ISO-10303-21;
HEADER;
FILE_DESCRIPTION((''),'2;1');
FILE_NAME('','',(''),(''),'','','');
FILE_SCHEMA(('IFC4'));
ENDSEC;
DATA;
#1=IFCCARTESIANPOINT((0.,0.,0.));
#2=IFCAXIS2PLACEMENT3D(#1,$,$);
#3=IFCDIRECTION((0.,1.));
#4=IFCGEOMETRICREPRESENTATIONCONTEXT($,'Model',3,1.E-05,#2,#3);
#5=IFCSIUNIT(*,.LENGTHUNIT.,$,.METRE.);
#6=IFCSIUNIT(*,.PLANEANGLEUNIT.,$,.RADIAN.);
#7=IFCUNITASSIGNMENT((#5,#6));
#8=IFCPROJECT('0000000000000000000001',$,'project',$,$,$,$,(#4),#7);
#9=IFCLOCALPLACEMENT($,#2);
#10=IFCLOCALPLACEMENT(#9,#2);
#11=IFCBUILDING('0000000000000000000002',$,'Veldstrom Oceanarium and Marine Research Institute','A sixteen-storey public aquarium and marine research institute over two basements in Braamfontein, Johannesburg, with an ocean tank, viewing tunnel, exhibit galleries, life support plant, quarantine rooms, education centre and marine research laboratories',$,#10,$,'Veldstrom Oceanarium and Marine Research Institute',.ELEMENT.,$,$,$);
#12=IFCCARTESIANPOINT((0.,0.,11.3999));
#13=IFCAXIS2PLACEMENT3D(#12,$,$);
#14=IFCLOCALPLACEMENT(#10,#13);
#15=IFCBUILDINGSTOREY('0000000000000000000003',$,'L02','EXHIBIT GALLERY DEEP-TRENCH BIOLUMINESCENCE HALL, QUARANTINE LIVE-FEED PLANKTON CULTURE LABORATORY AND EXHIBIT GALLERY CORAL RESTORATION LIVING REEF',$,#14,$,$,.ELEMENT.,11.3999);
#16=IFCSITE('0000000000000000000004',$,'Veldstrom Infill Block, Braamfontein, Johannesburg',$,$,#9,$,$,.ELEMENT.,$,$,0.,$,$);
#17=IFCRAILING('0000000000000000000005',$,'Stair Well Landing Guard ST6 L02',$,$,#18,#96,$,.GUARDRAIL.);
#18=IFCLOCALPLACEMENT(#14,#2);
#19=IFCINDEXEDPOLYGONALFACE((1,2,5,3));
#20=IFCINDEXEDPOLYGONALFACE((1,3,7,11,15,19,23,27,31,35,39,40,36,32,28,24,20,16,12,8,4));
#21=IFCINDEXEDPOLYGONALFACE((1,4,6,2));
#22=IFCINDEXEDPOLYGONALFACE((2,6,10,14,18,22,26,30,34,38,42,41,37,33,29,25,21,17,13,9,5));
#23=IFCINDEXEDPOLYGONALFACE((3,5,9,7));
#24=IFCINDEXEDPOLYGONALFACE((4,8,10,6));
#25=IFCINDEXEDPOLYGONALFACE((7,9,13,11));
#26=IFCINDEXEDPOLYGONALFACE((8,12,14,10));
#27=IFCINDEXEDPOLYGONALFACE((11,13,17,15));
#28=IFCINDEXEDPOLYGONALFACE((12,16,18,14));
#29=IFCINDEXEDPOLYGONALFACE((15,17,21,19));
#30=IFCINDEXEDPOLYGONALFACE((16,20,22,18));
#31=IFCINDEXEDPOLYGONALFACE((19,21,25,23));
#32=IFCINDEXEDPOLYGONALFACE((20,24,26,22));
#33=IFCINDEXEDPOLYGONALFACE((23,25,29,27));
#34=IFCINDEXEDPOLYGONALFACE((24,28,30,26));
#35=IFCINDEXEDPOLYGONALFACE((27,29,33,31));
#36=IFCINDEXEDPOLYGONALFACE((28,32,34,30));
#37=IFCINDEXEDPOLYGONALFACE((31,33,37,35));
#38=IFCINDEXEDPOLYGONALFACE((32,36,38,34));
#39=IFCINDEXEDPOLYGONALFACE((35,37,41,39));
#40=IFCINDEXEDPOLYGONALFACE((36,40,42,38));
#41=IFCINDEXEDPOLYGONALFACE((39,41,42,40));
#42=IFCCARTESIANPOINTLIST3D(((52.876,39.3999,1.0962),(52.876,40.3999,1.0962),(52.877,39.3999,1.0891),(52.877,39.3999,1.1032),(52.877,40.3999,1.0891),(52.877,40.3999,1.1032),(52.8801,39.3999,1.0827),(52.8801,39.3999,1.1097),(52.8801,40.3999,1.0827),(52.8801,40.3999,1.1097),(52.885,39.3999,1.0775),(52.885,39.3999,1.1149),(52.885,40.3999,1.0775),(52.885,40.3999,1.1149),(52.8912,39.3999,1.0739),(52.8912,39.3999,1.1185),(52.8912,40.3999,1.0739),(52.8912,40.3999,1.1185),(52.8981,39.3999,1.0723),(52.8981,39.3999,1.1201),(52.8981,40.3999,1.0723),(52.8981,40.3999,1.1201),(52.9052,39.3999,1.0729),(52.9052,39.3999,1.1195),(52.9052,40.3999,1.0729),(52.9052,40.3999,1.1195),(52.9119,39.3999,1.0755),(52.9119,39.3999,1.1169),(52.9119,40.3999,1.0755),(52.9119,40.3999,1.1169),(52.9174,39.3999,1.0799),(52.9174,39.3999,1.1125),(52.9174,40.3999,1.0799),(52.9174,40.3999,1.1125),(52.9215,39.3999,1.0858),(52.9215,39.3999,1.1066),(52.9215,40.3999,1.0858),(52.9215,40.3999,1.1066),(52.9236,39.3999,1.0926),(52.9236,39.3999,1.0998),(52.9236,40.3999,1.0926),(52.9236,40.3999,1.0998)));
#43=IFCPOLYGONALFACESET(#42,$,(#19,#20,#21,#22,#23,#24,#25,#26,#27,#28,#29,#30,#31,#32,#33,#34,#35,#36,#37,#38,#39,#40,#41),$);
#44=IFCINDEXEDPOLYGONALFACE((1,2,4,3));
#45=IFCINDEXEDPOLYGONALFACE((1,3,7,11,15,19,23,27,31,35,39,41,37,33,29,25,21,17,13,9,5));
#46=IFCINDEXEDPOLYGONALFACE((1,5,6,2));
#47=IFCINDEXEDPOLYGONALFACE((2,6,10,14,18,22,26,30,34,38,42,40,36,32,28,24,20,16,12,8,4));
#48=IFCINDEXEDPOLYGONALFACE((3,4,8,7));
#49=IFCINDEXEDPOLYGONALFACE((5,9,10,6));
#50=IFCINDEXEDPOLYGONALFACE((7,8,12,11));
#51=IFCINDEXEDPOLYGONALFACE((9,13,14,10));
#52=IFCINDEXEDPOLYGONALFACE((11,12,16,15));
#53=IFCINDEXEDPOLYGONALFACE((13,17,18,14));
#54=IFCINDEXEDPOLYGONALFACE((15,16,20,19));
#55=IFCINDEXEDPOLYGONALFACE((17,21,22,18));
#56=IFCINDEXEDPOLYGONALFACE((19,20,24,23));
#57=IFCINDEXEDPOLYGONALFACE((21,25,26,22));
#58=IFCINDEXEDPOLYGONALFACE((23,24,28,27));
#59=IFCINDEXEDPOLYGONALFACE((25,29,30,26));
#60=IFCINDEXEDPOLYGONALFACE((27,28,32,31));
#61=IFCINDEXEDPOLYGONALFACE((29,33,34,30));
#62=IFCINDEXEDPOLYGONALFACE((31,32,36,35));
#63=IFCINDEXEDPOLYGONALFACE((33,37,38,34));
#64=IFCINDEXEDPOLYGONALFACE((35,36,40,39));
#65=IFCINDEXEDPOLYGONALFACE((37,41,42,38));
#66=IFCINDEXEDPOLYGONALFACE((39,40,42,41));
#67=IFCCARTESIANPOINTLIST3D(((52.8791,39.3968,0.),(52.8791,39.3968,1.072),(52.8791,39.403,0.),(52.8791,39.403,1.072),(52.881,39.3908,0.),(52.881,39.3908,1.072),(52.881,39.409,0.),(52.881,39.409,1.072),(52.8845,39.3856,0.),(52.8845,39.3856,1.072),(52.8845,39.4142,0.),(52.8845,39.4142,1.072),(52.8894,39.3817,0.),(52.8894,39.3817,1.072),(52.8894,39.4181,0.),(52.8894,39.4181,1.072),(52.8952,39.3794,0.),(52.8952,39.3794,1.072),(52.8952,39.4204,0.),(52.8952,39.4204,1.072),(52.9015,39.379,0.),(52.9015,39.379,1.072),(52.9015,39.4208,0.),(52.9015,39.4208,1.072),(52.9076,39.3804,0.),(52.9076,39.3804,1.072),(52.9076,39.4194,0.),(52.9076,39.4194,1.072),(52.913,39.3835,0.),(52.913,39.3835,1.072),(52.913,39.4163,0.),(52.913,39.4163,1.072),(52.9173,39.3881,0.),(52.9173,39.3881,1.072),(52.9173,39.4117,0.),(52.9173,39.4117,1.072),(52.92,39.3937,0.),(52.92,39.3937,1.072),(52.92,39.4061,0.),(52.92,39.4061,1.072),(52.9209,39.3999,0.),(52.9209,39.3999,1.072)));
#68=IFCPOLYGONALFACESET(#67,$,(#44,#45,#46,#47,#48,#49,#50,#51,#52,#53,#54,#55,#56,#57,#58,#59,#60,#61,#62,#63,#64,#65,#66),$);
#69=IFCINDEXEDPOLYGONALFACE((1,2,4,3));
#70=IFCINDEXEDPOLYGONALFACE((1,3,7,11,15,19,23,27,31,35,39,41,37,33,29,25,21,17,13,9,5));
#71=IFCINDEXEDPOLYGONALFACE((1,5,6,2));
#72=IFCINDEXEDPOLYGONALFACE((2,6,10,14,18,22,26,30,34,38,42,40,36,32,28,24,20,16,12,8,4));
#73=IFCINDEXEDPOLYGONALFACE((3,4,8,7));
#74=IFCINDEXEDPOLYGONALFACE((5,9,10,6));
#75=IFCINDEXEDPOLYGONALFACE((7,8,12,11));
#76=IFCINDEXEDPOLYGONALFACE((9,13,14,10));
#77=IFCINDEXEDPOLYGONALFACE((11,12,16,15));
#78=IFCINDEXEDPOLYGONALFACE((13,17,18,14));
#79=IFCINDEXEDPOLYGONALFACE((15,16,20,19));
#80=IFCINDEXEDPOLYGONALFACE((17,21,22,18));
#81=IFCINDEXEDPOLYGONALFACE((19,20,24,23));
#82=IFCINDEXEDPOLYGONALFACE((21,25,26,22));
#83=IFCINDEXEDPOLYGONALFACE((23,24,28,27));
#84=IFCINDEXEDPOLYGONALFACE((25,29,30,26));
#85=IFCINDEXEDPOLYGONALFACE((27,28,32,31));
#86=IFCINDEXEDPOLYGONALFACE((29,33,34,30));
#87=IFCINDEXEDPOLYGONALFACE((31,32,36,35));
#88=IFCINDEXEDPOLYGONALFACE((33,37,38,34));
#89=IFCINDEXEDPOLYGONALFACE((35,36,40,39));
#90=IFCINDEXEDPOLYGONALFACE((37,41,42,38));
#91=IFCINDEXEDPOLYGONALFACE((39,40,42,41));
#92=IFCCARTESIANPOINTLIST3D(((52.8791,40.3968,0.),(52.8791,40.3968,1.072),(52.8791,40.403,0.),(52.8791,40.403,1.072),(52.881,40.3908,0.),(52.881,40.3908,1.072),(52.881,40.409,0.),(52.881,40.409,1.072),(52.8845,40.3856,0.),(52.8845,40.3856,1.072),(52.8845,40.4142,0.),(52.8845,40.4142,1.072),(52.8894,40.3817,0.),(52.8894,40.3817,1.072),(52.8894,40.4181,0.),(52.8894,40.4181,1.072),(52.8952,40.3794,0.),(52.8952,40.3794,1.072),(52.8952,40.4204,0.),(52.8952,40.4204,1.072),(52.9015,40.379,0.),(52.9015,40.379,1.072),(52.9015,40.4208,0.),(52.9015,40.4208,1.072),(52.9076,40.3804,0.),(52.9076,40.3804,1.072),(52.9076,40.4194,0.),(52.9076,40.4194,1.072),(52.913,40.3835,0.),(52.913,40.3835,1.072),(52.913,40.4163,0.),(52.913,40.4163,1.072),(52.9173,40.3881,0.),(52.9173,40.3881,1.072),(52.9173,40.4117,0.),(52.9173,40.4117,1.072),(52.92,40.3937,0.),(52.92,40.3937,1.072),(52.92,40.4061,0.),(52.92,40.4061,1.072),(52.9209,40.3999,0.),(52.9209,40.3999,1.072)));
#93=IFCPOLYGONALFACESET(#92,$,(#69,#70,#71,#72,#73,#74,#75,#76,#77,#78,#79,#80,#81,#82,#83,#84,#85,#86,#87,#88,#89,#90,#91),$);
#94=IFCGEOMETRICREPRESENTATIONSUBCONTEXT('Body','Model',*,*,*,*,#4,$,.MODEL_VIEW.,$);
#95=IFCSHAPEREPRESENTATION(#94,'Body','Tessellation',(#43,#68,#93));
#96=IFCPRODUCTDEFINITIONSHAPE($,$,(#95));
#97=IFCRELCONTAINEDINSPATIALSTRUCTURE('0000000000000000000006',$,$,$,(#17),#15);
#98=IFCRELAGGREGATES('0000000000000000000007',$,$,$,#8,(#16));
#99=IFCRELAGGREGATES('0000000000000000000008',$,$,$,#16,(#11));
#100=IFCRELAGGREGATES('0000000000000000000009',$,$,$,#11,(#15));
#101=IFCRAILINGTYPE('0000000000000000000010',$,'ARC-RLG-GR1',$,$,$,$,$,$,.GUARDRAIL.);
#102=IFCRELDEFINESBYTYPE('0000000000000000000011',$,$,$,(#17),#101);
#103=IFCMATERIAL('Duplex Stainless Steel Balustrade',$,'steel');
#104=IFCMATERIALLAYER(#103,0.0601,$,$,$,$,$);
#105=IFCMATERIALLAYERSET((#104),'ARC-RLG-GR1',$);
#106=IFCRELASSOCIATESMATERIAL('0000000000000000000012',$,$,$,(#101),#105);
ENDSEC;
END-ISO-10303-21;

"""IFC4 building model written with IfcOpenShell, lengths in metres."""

from ifc_helpers import new_model, si_unit, direction, frame, origin, origin_2d, place, context, subcontext, project, spatial, circle, extrude, material, layer, layer_set, type_object, element, save


model = new_model("IFC4")

# Units and contexts
model_context = context("Model", 3, precision=1e-05, world=origin(), true_north=direction((0.0, 1.0)))
body_context = subcontext(model_context, "Body", "Model", "MODEL_VIEW")
ifc_project = project(units=[si_unit("LENGTHUNIT", "METRE"), si_unit("PLANEANGLEUNIT", "RADIAN")], contexts=[model_context])

# Site, building, storey
site_placement = place(None, origin())
site = spatial("IfcSite", under=ifc_project, at=site_placement, Name="Veldstrom Infill Block, Braamfontein, Johannesburg", CompositionType="ELEMENT", RefElevation=0.0)
building_placement = place(site_placement, origin())
building = spatial("IfcBuilding", under=site, at=building_placement, Name="Veldstrom Oceanarium and Marine Research Institute", Description="A sixteen-storey public aquarium and marine research institute over two basements in Braamfontein, Johannesburg, with an ocean tank, viewing tunnel, exhibit galleries, life support plant, quarantine rooms, education centre and marine research laboratories", LongName="Veldstrom Oceanarium and Marine Research Institute", CompositionType="ELEMENT")
storey_placement = place(building_placement, frame((0.0, 0.0, 11.3999)))
storey = spatial("IfcBuildingStorey", under=building, at=storey_placement, Name="L02", Description="EXHIBIT GALLERY DEEP-TRENCH BIOLUMINESCENCE HALL, QUARANTINE LIVE-FEED PLANKTON CULTURE LABORATORY AND EXHIBIT GALLERY CORAL RESTORATION LIVING REEF", CompositionType="ELEMENT", Elevation=11.3999)

# Railing
ifc_material_1 = material(Name="Duplex Stainless Steel Balustrade", Category="steel")
ifc_layer_1 = layer(ifc_material_1, 0.0601)
ifc_layer_set_1 = layer_set([ifc_layer_1], Name="ARC-RLG-GR1")
railing_type_1 = type_object("IfcRailingType", Name="ARC-RLG-GR1", PredefinedType="GUARDRAIL", material=ifc_layer_set_1)
railing_1_placement = place(storey_placement, frame((52.8999, 39.3999, 0.0)))
element("IfcRailing", 1, at=railing_1_placement, inside=storey, type_object=railing_type_1, Name="Stair Well Landing Guard ST6 L02", PredefinedType="GUARDRAIL", context=body_context, shape_type="SweptSolid", body=[
    extrude(circle(Radius=0.0239, at=origin_2d()), frame((0.0, 0.0, 1.0962), z_axis=(0.0, 1.0, 0.0), x_axis=(-1.0, 0.0, 0.0)), (0.0, 0.0, 1.0), 1.0),
    extrude(circle(Radius=0.021, at=origin_2d()), origin(), (0.0, 0.0, 1.0), 1.072),
    extrude(circle(Radius=0.021, at=origin_2d()), frame((0.0, 1.0, 0.0)), (0.0, 0.0, 1.0), 1.072),
])

save(model, "model.ifc")
